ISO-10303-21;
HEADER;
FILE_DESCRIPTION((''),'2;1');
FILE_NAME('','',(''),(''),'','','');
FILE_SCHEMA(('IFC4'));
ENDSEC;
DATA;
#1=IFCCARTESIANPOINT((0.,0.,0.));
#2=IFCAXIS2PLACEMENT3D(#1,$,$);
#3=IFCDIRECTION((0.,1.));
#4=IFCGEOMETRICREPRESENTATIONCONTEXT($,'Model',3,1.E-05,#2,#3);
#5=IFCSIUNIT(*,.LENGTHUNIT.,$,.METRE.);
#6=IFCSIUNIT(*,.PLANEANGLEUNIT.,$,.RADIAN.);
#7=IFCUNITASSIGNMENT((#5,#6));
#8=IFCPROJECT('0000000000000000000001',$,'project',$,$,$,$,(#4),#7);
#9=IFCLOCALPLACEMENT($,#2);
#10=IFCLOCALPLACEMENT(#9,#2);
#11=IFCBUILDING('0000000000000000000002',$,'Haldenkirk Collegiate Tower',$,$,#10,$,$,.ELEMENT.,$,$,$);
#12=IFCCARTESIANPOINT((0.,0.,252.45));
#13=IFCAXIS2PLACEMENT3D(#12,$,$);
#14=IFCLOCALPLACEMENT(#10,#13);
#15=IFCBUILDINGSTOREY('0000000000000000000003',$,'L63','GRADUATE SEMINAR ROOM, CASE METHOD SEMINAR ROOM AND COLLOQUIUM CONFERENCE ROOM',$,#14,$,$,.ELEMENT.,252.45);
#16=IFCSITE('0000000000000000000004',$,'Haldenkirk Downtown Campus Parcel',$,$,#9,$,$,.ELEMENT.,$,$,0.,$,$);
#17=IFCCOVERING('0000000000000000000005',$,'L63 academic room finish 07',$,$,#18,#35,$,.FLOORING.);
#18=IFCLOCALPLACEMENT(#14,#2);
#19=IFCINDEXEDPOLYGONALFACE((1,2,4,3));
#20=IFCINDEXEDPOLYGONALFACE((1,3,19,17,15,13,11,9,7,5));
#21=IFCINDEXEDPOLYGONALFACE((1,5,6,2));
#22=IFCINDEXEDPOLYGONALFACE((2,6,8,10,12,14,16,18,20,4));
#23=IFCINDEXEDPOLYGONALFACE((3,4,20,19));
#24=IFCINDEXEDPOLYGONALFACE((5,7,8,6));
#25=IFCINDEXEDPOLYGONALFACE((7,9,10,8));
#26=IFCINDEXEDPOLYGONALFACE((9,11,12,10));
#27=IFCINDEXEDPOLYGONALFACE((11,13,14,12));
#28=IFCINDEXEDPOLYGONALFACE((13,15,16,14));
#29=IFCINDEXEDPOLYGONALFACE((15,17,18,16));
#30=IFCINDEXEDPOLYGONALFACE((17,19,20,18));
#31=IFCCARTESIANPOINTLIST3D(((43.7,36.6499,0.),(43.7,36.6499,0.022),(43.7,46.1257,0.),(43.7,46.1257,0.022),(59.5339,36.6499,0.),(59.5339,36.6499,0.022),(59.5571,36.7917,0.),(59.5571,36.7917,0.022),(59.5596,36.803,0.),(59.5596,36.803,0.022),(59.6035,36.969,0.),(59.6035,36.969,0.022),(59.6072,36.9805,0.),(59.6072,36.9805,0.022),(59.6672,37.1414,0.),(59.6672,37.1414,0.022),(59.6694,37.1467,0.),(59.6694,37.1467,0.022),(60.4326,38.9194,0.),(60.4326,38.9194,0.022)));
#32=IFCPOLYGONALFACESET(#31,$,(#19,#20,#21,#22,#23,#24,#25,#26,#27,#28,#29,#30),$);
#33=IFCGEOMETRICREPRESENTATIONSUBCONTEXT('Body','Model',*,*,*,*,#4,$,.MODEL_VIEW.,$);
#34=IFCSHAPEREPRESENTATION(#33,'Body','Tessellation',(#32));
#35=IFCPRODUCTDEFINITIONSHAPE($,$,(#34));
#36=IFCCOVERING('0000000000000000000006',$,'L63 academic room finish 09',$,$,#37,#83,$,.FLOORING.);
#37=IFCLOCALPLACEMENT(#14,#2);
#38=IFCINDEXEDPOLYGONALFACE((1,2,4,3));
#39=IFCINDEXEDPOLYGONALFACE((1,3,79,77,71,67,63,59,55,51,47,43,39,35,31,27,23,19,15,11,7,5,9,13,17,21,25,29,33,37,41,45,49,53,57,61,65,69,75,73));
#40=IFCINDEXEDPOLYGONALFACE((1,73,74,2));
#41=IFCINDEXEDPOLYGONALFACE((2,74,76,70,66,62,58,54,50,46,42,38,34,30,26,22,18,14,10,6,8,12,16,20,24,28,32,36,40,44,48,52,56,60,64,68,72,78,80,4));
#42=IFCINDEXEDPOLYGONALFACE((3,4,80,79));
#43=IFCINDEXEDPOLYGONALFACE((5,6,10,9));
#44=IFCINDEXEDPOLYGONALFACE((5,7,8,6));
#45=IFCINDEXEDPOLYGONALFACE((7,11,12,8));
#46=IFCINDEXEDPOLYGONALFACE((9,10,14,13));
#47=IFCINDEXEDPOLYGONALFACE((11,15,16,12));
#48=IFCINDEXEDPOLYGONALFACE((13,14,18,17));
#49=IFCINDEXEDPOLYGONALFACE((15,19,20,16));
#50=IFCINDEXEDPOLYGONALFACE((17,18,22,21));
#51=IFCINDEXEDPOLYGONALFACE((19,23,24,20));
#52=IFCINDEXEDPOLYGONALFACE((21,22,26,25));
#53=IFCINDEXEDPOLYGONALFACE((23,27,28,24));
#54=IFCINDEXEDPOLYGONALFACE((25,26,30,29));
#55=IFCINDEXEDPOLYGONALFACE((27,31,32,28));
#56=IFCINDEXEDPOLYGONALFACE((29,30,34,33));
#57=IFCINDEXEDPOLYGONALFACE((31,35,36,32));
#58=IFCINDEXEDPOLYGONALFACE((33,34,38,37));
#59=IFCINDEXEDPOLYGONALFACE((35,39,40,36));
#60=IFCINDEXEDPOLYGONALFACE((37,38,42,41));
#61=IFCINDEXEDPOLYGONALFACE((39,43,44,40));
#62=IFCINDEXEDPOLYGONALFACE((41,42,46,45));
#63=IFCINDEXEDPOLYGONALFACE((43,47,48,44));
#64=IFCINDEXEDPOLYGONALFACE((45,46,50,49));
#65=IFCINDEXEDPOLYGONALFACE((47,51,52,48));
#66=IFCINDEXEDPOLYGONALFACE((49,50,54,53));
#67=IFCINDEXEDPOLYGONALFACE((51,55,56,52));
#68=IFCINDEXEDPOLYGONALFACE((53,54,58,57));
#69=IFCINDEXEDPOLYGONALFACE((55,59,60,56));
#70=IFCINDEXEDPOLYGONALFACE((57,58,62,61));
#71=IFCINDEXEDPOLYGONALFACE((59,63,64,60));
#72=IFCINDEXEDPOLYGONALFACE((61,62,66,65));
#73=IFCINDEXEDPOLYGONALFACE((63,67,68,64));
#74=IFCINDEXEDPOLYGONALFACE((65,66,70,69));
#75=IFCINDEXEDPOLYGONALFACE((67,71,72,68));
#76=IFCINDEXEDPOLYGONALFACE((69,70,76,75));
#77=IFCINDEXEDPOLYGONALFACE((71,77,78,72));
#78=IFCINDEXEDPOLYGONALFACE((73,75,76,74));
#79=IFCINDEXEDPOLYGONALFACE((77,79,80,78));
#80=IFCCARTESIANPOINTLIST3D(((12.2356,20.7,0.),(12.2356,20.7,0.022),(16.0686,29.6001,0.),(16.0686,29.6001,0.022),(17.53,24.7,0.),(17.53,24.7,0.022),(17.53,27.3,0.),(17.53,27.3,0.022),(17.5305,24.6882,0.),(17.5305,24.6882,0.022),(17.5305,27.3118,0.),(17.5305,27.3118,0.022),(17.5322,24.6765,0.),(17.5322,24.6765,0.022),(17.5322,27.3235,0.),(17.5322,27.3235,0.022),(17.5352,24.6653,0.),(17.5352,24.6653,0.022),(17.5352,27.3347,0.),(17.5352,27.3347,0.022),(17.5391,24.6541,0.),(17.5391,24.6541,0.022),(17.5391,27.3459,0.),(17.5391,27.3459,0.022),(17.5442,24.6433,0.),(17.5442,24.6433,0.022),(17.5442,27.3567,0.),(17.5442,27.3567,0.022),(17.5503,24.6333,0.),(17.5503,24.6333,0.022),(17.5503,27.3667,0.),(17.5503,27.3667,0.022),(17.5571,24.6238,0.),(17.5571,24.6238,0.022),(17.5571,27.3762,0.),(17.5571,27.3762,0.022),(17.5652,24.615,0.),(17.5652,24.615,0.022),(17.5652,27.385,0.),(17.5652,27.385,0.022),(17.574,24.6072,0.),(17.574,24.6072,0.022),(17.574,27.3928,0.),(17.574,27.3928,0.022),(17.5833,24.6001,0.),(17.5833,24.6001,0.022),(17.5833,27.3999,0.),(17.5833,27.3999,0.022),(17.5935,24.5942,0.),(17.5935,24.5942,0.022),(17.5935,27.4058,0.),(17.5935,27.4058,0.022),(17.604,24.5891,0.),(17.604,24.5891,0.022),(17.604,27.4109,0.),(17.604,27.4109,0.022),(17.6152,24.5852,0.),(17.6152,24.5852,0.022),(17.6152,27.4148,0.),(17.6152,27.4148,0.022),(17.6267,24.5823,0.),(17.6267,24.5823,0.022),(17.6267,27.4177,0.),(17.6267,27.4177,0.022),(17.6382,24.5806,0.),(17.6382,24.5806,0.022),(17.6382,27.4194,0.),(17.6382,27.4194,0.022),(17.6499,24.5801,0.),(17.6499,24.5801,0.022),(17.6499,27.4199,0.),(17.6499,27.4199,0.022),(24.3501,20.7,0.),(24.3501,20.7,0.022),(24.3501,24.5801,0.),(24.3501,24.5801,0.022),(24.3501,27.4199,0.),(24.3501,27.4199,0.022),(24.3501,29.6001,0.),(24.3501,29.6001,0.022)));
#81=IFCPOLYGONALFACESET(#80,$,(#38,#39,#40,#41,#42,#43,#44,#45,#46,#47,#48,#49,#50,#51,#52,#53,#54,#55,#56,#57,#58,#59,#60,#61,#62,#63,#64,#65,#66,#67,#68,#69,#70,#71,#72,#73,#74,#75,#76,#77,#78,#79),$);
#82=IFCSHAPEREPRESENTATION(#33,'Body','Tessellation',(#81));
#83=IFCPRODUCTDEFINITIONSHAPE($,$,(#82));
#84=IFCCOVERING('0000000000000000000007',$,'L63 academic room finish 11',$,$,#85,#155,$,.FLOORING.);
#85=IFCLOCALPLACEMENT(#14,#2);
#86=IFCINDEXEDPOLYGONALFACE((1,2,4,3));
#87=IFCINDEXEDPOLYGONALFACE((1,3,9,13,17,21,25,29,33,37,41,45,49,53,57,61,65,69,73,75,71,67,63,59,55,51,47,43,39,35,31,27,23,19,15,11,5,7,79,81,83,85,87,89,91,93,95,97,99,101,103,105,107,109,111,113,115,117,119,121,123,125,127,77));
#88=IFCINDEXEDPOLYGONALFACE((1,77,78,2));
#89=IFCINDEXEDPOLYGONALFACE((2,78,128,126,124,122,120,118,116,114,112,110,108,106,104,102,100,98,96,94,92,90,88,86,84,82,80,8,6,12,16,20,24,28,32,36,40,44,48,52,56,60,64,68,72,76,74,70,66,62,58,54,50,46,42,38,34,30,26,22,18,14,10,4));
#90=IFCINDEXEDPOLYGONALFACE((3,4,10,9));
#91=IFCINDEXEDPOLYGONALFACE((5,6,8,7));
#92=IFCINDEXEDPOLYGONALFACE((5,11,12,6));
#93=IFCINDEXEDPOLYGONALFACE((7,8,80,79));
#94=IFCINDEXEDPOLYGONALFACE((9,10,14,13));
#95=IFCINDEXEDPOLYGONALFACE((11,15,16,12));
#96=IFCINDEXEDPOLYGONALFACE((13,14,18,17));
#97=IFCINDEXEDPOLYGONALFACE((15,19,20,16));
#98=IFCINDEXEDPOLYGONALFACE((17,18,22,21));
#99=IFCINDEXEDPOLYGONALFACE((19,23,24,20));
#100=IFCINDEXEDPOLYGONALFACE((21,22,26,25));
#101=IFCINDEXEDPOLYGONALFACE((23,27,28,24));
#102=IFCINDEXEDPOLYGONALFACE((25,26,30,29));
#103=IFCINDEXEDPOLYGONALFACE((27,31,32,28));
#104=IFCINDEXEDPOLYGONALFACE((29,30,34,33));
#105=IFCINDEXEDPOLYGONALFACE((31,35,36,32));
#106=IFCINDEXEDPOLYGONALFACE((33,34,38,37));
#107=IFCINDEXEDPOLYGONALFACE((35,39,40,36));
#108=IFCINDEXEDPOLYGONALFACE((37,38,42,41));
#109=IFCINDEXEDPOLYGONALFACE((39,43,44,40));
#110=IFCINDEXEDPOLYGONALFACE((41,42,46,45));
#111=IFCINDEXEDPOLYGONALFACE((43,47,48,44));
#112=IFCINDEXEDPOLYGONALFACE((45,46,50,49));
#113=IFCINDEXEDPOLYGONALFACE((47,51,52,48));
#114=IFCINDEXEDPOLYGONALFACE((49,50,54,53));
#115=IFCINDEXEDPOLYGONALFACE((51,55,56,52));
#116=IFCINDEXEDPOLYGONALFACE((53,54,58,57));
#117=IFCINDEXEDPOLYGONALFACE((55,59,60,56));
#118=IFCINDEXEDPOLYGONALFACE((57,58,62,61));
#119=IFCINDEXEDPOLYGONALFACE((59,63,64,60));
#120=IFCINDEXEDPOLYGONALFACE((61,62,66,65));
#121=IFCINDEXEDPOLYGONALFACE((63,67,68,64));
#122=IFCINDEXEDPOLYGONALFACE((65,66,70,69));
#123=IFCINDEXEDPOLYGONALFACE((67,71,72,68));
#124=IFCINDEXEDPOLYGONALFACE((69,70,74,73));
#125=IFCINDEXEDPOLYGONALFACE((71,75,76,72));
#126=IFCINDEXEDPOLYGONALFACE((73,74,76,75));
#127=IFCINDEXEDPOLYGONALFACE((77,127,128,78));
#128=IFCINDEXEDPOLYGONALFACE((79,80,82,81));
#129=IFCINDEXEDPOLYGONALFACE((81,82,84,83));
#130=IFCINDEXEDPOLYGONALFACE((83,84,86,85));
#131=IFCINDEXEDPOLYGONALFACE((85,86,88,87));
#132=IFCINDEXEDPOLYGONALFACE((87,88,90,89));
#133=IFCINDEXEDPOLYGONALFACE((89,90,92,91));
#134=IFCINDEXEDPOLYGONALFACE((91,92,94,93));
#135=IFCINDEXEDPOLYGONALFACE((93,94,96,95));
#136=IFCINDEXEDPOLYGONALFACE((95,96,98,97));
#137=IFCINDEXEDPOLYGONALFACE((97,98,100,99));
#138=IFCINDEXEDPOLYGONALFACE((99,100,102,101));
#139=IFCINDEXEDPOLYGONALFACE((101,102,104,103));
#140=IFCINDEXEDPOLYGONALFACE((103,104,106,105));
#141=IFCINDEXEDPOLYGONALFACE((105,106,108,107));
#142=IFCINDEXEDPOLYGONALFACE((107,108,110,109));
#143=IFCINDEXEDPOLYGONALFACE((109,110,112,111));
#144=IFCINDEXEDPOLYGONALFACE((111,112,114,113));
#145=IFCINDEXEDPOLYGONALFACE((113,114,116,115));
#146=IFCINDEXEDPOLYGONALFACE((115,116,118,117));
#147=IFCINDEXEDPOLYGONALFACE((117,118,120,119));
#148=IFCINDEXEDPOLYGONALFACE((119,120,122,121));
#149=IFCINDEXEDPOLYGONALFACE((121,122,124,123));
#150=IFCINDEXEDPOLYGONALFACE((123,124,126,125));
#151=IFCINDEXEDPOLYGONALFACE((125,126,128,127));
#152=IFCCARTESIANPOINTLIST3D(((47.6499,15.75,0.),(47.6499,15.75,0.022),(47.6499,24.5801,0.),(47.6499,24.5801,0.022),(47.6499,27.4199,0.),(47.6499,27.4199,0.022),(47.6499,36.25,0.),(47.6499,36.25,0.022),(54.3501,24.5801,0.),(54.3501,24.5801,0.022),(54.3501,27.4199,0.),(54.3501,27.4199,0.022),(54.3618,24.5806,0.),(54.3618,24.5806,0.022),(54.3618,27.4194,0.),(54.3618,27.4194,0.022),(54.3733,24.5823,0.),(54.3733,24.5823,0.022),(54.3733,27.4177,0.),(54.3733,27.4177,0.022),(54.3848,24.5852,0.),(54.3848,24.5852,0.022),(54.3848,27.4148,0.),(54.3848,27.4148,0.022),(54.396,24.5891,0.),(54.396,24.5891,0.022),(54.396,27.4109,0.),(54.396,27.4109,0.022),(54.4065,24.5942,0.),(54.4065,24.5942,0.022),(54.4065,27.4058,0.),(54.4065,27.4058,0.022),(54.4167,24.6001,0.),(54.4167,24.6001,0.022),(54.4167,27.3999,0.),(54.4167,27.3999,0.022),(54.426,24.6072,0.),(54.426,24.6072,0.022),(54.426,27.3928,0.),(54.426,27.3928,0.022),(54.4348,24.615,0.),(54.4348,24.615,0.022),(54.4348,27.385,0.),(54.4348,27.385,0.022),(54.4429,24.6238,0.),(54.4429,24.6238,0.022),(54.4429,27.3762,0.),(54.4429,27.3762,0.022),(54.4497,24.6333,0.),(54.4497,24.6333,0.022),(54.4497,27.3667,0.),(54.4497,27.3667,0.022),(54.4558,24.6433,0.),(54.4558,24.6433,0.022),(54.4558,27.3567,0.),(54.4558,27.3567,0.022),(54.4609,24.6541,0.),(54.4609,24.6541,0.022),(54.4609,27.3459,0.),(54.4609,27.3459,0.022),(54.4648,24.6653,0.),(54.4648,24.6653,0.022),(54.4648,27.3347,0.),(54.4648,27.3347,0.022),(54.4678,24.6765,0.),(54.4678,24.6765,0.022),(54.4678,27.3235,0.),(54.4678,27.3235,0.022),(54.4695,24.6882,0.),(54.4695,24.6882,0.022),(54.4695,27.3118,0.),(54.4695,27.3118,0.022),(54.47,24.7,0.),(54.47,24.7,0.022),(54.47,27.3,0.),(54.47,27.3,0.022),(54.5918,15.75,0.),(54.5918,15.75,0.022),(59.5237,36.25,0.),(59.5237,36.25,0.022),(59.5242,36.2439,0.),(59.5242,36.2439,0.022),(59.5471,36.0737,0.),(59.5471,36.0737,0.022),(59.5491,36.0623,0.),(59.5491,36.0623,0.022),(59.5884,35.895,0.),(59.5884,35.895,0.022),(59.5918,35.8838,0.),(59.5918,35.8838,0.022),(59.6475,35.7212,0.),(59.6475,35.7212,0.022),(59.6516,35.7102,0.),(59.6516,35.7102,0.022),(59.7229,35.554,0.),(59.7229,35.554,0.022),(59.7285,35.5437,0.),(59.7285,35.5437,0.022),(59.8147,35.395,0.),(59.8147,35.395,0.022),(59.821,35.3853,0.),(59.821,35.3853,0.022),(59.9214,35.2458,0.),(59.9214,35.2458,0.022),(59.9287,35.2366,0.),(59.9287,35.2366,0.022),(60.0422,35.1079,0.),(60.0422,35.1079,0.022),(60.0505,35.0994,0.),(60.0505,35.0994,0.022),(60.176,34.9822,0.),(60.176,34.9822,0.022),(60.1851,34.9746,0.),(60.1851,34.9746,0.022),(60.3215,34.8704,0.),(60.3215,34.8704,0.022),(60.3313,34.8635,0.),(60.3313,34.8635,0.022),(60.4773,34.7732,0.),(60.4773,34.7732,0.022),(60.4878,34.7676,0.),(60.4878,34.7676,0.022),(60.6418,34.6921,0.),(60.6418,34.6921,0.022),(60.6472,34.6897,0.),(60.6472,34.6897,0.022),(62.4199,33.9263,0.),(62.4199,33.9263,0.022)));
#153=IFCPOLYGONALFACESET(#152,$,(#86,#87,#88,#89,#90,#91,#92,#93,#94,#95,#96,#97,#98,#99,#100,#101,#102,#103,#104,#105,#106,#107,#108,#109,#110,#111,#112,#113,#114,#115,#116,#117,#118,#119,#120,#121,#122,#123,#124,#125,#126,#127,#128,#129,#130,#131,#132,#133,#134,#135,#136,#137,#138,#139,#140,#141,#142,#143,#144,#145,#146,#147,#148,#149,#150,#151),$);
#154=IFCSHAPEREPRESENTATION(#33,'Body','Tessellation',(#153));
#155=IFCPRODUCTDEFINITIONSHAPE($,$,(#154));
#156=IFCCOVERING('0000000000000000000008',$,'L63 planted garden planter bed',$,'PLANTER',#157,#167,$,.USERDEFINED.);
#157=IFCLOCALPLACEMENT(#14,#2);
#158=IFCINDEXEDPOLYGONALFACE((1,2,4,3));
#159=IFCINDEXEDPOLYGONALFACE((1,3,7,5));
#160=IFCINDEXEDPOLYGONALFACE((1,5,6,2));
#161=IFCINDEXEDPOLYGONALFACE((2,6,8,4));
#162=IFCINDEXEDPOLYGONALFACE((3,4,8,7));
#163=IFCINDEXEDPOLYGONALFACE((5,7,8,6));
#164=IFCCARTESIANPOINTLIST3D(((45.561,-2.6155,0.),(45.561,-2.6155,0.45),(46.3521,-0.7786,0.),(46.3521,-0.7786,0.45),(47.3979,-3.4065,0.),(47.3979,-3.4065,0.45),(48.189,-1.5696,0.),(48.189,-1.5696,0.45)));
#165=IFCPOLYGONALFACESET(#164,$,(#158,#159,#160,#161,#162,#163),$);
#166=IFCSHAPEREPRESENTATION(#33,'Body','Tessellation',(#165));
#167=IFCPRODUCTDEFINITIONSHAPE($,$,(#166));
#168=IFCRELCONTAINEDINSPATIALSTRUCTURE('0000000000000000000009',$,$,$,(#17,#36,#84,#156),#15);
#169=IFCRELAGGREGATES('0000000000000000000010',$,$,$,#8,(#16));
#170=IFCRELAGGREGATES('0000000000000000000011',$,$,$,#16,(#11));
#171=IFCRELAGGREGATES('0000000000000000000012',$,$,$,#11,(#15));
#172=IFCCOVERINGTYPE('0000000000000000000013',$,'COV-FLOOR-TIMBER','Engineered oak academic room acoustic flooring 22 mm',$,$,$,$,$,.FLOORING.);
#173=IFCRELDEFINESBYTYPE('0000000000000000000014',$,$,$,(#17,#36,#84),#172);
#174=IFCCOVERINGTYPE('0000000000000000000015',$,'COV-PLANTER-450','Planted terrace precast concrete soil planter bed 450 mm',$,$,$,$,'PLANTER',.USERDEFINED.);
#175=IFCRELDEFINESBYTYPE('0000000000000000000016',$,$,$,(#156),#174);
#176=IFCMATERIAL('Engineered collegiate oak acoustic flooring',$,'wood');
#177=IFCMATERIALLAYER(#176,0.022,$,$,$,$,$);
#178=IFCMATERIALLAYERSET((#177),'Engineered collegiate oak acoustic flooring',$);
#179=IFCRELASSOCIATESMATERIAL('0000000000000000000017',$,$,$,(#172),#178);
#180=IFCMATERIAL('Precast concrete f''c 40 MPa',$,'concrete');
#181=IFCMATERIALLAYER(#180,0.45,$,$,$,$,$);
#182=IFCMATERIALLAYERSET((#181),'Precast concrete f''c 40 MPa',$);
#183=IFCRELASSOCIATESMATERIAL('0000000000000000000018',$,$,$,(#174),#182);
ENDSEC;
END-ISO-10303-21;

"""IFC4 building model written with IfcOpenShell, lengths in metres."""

from ifc_helpers import new_model, si_unit, direction, frame, origin, place, context, subcontext, project, spatial, polyline, outline, extrude, material, layer, layer_set, type_object, element, save


model = new_model("IFC4")

# Units and contexts
model_context = context("Model", 3, precision=1e-05, world=origin(), true_north=direction((0.0, 1.0)))
body_context = subcontext(model_context, "Body", "Model", "MODEL_VIEW")
ifc_project = project(units=[si_unit("LENGTHUNIT", "METRE"), si_unit("PLANEANGLEUNIT", "RADIAN")], contexts=[model_context])

# Site, building, storey
site_placement = place(None, origin())
site = spatial("IfcSite", under=ifc_project, at=site_placement, Name="Haldenkirk Downtown Campus Parcel", CompositionType="ELEMENT", RefElevation=0.0)
building_placement = place(site_placement, origin())
building = spatial("IfcBuilding", under=site, at=building_placement, Name="Haldenkirk Collegiate Tower", CompositionType="ELEMENT")
storey_placement = place(building_placement, frame((0.0, 0.0, 252.45)))
storey = spatial("IfcBuildingStorey", under=building, at=storey_placement, Name="L63", Description="GRADUATE SEMINAR ROOM, CASE METHOD SEMINAR ROOM AND COLLOQUIUM CONFERENCE ROOM", CompositionType="ELEMENT", Elevation=252.45)

# Shared definitions
ifc_material_1 = material(Name="Precast concrete f'c 40 MPa", Category="concrete")

# Coverings
ifc_material_2 = material(Name="Engineered collegiate oak acoustic flooring", Category="wood")
ifc_layer_1 = layer(ifc_material_2, 0.022)
ifc_layer_set_1 = layer_set([ifc_layer_1], Name="Engineered collegiate oak acoustic flooring")
covering_type_1 = type_object("IfcCoveringType", Name="COV-FLOOR-TIMBER", Description="Engineered oak academic room acoustic flooring 22 mm", PredefinedType="FLOORING", material=ifc_layer_set_1)
covering_1_placement = place(storey_placement, origin())
element("IfcCovering", 1, at=covering_1_placement, inside=storey, type_object=covering_type_1, Name="L63 academic room finish 07", PredefinedType="FLOORING", context=body_context, shape_type="SweptSolid", body=[
    extrude(outline(polyline([(59.5339, 36.6499), (43.7, 36.6499), (43.7, 46.1257), (60.4326, 38.9194), (59.6694, 37.1467), (59.6672, 37.1414), (59.6072, 36.9805), (59.6035, 36.969), (59.5596, 36.803), (59.5571, 36.7917), (59.5339, 36.6499)])), origin(), (0.0, 0.0, 1.0), 0.022),
])
covering_2_placement = place(storey_placement, origin())
element("IfcCovering", 2, at=covering_2_placement, inside=storey, type_object=covering_type_1, Name="L63 academic room finish 09", PredefinedType="FLOORING", context=body_context, shape_type="SweptSolid", body=[
    extrude(outline(polyline([(16.0686, 29.6001), (24.3501, 29.6001), (24.3501, 27.4199), (17.6499, 27.4199), (17.6382, 27.4194), (17.6267, 27.4177), (17.6152, 27.4148), (17.604, 27.4109), (17.5935, 27.4058), (17.5833, 27.3999), (17.574, 27.3928), (17.5652, 27.385), (17.5571, 27.3762), (17.5503, 27.3667), (17.5442, 27.3567), (17.5391, 27.3459), (17.5352, 27.3347), (17.5322, 27.3235), (17.5305, 27.3118), (17.53, 27.3), (17.53, 24.7), (17.5305, 24.6882), (17.5322, 24.6765), (17.5352, 24.6653), (17.5391, 24.6541), (17.5442, 24.6433), (17.5503, 24.6333), (17.5571, 24.6238), (17.5652, 24.615), (17.574, 24.6072), (17.5833, 24.6001), (17.5935, 24.5942), (17.604, 24.5891), (17.6152, 24.5852), (17.6267, 24.5823), (17.6382, 24.5806), (17.6499, 24.5801), (24.3501, 24.5801), (24.3501, 20.7), (12.2356, 20.7), (16.0686, 29.6001)])), origin(), (0.0, 0.0, 1.0), 0.022),
])
covering_3_placement = place(storey_placement, origin())
element("IfcCovering", 3, at=covering_3_placement, inside=storey, type_object=covering_type_1, Name="L63 academic room finish 11", PredefinedType="FLOORING", context=body_context, shape_type="SweptSolid", body=[
    extrude(outline(polyline([(59.5237, 36.25), (59.5242, 36.2439), (59.5471, 36.0737), (59.5491, 36.0623), (59.5884, 35.895), (59.5918, 35.8838), (59.6475, 35.7212), (59.6516, 35.7102), (59.7229, 35.554), (59.7285, 35.5437), (59.8147, 35.395), (59.821, 35.3853), (59.9214, 35.2458), (59.9287, 35.2366), (60.0422, 35.1079), (60.0505, 35.0994), (60.176, 34.9822), (60.1851, 34.9746), (60.3215, 34.8704), (60.3313, 34.8635), (60.4773, 34.7732), (60.4878, 34.7676), (60.6418, 34.6921), (60.6472, 34.6897), (62.4199, 33.9263), (54.5918, 15.75), (47.6499, 15.75), (47.6499, 24.5801), (54.3501, 24.5801), (54.3618, 24.5806), (54.3733, 24.5823), (54.3848, 24.5852), (54.396, 24.5891), (54.4065, 24.5942), (54.4167, 24.6001), (54.426, 24.6072), (54.4348, 24.615), (54.4429, 24.6238), (54.4497, 24.6333), (54.4558, 24.6433), (54.4609, 24.6541), (54.4648, 24.6653), (54.4678, 24.6765), (54.4695, 24.6882), (54.47, 24.7), (54.47, 27.3), (54.4695, 27.3118), (54.4678, 27.3235), (54.4648, 27.3347), (54.4609, 27.3459), (54.4558, 27.3567), (54.4497, 27.3667), (54.4429, 27.3762), (54.4348, 27.385), (54.426, 27.3928), (54.4167, 27.3999), (54.4065, 27.4058), (54.396, 27.4109), (54.3848, 27.4148), (54.3733, 27.4177), (54.3618, 27.4194), (54.3501, 27.4199), (47.6499, 27.4199), (47.6499, 36.25), (59.5237, 36.25)])), origin(), (0.0, 0.0, 1.0), 0.022),
])
ifc_layer_2 = layer(ifc_material_1, 0.45)
ifc_layer_set_2 = layer_set([ifc_layer_2], Name="Precast concrete f'c 40 MPa")
covering_type_2 = type_object("IfcCoveringType", Name="COV-PLANTER-450", Description="Planted terrace precast concrete soil planter bed 450 mm", ElementType="PLANTER", PredefinedType="USERDEFINED", material=ifc_layer_set_2)
covering_4_placement = place(storey_placement, origin())
element("IfcCovering", 4, at=covering_4_placement, inside=storey, type_object=covering_type_2, Name="L63 planted garden planter bed", ObjectType="PLANTER", PredefinedType="USERDEFINED", context=body_context, shape_type="SweptSolid", body=[
    extrude(outline(polyline([(47.3979, -3.4065), (45.561, -2.6155), (46.3521, -0.7786), (48.189, -1.5696), (47.3979, -3.4065)])), origin(), (0.0, 0.0, 1.0), 0.45),
])

save(model, "model.ifc")
